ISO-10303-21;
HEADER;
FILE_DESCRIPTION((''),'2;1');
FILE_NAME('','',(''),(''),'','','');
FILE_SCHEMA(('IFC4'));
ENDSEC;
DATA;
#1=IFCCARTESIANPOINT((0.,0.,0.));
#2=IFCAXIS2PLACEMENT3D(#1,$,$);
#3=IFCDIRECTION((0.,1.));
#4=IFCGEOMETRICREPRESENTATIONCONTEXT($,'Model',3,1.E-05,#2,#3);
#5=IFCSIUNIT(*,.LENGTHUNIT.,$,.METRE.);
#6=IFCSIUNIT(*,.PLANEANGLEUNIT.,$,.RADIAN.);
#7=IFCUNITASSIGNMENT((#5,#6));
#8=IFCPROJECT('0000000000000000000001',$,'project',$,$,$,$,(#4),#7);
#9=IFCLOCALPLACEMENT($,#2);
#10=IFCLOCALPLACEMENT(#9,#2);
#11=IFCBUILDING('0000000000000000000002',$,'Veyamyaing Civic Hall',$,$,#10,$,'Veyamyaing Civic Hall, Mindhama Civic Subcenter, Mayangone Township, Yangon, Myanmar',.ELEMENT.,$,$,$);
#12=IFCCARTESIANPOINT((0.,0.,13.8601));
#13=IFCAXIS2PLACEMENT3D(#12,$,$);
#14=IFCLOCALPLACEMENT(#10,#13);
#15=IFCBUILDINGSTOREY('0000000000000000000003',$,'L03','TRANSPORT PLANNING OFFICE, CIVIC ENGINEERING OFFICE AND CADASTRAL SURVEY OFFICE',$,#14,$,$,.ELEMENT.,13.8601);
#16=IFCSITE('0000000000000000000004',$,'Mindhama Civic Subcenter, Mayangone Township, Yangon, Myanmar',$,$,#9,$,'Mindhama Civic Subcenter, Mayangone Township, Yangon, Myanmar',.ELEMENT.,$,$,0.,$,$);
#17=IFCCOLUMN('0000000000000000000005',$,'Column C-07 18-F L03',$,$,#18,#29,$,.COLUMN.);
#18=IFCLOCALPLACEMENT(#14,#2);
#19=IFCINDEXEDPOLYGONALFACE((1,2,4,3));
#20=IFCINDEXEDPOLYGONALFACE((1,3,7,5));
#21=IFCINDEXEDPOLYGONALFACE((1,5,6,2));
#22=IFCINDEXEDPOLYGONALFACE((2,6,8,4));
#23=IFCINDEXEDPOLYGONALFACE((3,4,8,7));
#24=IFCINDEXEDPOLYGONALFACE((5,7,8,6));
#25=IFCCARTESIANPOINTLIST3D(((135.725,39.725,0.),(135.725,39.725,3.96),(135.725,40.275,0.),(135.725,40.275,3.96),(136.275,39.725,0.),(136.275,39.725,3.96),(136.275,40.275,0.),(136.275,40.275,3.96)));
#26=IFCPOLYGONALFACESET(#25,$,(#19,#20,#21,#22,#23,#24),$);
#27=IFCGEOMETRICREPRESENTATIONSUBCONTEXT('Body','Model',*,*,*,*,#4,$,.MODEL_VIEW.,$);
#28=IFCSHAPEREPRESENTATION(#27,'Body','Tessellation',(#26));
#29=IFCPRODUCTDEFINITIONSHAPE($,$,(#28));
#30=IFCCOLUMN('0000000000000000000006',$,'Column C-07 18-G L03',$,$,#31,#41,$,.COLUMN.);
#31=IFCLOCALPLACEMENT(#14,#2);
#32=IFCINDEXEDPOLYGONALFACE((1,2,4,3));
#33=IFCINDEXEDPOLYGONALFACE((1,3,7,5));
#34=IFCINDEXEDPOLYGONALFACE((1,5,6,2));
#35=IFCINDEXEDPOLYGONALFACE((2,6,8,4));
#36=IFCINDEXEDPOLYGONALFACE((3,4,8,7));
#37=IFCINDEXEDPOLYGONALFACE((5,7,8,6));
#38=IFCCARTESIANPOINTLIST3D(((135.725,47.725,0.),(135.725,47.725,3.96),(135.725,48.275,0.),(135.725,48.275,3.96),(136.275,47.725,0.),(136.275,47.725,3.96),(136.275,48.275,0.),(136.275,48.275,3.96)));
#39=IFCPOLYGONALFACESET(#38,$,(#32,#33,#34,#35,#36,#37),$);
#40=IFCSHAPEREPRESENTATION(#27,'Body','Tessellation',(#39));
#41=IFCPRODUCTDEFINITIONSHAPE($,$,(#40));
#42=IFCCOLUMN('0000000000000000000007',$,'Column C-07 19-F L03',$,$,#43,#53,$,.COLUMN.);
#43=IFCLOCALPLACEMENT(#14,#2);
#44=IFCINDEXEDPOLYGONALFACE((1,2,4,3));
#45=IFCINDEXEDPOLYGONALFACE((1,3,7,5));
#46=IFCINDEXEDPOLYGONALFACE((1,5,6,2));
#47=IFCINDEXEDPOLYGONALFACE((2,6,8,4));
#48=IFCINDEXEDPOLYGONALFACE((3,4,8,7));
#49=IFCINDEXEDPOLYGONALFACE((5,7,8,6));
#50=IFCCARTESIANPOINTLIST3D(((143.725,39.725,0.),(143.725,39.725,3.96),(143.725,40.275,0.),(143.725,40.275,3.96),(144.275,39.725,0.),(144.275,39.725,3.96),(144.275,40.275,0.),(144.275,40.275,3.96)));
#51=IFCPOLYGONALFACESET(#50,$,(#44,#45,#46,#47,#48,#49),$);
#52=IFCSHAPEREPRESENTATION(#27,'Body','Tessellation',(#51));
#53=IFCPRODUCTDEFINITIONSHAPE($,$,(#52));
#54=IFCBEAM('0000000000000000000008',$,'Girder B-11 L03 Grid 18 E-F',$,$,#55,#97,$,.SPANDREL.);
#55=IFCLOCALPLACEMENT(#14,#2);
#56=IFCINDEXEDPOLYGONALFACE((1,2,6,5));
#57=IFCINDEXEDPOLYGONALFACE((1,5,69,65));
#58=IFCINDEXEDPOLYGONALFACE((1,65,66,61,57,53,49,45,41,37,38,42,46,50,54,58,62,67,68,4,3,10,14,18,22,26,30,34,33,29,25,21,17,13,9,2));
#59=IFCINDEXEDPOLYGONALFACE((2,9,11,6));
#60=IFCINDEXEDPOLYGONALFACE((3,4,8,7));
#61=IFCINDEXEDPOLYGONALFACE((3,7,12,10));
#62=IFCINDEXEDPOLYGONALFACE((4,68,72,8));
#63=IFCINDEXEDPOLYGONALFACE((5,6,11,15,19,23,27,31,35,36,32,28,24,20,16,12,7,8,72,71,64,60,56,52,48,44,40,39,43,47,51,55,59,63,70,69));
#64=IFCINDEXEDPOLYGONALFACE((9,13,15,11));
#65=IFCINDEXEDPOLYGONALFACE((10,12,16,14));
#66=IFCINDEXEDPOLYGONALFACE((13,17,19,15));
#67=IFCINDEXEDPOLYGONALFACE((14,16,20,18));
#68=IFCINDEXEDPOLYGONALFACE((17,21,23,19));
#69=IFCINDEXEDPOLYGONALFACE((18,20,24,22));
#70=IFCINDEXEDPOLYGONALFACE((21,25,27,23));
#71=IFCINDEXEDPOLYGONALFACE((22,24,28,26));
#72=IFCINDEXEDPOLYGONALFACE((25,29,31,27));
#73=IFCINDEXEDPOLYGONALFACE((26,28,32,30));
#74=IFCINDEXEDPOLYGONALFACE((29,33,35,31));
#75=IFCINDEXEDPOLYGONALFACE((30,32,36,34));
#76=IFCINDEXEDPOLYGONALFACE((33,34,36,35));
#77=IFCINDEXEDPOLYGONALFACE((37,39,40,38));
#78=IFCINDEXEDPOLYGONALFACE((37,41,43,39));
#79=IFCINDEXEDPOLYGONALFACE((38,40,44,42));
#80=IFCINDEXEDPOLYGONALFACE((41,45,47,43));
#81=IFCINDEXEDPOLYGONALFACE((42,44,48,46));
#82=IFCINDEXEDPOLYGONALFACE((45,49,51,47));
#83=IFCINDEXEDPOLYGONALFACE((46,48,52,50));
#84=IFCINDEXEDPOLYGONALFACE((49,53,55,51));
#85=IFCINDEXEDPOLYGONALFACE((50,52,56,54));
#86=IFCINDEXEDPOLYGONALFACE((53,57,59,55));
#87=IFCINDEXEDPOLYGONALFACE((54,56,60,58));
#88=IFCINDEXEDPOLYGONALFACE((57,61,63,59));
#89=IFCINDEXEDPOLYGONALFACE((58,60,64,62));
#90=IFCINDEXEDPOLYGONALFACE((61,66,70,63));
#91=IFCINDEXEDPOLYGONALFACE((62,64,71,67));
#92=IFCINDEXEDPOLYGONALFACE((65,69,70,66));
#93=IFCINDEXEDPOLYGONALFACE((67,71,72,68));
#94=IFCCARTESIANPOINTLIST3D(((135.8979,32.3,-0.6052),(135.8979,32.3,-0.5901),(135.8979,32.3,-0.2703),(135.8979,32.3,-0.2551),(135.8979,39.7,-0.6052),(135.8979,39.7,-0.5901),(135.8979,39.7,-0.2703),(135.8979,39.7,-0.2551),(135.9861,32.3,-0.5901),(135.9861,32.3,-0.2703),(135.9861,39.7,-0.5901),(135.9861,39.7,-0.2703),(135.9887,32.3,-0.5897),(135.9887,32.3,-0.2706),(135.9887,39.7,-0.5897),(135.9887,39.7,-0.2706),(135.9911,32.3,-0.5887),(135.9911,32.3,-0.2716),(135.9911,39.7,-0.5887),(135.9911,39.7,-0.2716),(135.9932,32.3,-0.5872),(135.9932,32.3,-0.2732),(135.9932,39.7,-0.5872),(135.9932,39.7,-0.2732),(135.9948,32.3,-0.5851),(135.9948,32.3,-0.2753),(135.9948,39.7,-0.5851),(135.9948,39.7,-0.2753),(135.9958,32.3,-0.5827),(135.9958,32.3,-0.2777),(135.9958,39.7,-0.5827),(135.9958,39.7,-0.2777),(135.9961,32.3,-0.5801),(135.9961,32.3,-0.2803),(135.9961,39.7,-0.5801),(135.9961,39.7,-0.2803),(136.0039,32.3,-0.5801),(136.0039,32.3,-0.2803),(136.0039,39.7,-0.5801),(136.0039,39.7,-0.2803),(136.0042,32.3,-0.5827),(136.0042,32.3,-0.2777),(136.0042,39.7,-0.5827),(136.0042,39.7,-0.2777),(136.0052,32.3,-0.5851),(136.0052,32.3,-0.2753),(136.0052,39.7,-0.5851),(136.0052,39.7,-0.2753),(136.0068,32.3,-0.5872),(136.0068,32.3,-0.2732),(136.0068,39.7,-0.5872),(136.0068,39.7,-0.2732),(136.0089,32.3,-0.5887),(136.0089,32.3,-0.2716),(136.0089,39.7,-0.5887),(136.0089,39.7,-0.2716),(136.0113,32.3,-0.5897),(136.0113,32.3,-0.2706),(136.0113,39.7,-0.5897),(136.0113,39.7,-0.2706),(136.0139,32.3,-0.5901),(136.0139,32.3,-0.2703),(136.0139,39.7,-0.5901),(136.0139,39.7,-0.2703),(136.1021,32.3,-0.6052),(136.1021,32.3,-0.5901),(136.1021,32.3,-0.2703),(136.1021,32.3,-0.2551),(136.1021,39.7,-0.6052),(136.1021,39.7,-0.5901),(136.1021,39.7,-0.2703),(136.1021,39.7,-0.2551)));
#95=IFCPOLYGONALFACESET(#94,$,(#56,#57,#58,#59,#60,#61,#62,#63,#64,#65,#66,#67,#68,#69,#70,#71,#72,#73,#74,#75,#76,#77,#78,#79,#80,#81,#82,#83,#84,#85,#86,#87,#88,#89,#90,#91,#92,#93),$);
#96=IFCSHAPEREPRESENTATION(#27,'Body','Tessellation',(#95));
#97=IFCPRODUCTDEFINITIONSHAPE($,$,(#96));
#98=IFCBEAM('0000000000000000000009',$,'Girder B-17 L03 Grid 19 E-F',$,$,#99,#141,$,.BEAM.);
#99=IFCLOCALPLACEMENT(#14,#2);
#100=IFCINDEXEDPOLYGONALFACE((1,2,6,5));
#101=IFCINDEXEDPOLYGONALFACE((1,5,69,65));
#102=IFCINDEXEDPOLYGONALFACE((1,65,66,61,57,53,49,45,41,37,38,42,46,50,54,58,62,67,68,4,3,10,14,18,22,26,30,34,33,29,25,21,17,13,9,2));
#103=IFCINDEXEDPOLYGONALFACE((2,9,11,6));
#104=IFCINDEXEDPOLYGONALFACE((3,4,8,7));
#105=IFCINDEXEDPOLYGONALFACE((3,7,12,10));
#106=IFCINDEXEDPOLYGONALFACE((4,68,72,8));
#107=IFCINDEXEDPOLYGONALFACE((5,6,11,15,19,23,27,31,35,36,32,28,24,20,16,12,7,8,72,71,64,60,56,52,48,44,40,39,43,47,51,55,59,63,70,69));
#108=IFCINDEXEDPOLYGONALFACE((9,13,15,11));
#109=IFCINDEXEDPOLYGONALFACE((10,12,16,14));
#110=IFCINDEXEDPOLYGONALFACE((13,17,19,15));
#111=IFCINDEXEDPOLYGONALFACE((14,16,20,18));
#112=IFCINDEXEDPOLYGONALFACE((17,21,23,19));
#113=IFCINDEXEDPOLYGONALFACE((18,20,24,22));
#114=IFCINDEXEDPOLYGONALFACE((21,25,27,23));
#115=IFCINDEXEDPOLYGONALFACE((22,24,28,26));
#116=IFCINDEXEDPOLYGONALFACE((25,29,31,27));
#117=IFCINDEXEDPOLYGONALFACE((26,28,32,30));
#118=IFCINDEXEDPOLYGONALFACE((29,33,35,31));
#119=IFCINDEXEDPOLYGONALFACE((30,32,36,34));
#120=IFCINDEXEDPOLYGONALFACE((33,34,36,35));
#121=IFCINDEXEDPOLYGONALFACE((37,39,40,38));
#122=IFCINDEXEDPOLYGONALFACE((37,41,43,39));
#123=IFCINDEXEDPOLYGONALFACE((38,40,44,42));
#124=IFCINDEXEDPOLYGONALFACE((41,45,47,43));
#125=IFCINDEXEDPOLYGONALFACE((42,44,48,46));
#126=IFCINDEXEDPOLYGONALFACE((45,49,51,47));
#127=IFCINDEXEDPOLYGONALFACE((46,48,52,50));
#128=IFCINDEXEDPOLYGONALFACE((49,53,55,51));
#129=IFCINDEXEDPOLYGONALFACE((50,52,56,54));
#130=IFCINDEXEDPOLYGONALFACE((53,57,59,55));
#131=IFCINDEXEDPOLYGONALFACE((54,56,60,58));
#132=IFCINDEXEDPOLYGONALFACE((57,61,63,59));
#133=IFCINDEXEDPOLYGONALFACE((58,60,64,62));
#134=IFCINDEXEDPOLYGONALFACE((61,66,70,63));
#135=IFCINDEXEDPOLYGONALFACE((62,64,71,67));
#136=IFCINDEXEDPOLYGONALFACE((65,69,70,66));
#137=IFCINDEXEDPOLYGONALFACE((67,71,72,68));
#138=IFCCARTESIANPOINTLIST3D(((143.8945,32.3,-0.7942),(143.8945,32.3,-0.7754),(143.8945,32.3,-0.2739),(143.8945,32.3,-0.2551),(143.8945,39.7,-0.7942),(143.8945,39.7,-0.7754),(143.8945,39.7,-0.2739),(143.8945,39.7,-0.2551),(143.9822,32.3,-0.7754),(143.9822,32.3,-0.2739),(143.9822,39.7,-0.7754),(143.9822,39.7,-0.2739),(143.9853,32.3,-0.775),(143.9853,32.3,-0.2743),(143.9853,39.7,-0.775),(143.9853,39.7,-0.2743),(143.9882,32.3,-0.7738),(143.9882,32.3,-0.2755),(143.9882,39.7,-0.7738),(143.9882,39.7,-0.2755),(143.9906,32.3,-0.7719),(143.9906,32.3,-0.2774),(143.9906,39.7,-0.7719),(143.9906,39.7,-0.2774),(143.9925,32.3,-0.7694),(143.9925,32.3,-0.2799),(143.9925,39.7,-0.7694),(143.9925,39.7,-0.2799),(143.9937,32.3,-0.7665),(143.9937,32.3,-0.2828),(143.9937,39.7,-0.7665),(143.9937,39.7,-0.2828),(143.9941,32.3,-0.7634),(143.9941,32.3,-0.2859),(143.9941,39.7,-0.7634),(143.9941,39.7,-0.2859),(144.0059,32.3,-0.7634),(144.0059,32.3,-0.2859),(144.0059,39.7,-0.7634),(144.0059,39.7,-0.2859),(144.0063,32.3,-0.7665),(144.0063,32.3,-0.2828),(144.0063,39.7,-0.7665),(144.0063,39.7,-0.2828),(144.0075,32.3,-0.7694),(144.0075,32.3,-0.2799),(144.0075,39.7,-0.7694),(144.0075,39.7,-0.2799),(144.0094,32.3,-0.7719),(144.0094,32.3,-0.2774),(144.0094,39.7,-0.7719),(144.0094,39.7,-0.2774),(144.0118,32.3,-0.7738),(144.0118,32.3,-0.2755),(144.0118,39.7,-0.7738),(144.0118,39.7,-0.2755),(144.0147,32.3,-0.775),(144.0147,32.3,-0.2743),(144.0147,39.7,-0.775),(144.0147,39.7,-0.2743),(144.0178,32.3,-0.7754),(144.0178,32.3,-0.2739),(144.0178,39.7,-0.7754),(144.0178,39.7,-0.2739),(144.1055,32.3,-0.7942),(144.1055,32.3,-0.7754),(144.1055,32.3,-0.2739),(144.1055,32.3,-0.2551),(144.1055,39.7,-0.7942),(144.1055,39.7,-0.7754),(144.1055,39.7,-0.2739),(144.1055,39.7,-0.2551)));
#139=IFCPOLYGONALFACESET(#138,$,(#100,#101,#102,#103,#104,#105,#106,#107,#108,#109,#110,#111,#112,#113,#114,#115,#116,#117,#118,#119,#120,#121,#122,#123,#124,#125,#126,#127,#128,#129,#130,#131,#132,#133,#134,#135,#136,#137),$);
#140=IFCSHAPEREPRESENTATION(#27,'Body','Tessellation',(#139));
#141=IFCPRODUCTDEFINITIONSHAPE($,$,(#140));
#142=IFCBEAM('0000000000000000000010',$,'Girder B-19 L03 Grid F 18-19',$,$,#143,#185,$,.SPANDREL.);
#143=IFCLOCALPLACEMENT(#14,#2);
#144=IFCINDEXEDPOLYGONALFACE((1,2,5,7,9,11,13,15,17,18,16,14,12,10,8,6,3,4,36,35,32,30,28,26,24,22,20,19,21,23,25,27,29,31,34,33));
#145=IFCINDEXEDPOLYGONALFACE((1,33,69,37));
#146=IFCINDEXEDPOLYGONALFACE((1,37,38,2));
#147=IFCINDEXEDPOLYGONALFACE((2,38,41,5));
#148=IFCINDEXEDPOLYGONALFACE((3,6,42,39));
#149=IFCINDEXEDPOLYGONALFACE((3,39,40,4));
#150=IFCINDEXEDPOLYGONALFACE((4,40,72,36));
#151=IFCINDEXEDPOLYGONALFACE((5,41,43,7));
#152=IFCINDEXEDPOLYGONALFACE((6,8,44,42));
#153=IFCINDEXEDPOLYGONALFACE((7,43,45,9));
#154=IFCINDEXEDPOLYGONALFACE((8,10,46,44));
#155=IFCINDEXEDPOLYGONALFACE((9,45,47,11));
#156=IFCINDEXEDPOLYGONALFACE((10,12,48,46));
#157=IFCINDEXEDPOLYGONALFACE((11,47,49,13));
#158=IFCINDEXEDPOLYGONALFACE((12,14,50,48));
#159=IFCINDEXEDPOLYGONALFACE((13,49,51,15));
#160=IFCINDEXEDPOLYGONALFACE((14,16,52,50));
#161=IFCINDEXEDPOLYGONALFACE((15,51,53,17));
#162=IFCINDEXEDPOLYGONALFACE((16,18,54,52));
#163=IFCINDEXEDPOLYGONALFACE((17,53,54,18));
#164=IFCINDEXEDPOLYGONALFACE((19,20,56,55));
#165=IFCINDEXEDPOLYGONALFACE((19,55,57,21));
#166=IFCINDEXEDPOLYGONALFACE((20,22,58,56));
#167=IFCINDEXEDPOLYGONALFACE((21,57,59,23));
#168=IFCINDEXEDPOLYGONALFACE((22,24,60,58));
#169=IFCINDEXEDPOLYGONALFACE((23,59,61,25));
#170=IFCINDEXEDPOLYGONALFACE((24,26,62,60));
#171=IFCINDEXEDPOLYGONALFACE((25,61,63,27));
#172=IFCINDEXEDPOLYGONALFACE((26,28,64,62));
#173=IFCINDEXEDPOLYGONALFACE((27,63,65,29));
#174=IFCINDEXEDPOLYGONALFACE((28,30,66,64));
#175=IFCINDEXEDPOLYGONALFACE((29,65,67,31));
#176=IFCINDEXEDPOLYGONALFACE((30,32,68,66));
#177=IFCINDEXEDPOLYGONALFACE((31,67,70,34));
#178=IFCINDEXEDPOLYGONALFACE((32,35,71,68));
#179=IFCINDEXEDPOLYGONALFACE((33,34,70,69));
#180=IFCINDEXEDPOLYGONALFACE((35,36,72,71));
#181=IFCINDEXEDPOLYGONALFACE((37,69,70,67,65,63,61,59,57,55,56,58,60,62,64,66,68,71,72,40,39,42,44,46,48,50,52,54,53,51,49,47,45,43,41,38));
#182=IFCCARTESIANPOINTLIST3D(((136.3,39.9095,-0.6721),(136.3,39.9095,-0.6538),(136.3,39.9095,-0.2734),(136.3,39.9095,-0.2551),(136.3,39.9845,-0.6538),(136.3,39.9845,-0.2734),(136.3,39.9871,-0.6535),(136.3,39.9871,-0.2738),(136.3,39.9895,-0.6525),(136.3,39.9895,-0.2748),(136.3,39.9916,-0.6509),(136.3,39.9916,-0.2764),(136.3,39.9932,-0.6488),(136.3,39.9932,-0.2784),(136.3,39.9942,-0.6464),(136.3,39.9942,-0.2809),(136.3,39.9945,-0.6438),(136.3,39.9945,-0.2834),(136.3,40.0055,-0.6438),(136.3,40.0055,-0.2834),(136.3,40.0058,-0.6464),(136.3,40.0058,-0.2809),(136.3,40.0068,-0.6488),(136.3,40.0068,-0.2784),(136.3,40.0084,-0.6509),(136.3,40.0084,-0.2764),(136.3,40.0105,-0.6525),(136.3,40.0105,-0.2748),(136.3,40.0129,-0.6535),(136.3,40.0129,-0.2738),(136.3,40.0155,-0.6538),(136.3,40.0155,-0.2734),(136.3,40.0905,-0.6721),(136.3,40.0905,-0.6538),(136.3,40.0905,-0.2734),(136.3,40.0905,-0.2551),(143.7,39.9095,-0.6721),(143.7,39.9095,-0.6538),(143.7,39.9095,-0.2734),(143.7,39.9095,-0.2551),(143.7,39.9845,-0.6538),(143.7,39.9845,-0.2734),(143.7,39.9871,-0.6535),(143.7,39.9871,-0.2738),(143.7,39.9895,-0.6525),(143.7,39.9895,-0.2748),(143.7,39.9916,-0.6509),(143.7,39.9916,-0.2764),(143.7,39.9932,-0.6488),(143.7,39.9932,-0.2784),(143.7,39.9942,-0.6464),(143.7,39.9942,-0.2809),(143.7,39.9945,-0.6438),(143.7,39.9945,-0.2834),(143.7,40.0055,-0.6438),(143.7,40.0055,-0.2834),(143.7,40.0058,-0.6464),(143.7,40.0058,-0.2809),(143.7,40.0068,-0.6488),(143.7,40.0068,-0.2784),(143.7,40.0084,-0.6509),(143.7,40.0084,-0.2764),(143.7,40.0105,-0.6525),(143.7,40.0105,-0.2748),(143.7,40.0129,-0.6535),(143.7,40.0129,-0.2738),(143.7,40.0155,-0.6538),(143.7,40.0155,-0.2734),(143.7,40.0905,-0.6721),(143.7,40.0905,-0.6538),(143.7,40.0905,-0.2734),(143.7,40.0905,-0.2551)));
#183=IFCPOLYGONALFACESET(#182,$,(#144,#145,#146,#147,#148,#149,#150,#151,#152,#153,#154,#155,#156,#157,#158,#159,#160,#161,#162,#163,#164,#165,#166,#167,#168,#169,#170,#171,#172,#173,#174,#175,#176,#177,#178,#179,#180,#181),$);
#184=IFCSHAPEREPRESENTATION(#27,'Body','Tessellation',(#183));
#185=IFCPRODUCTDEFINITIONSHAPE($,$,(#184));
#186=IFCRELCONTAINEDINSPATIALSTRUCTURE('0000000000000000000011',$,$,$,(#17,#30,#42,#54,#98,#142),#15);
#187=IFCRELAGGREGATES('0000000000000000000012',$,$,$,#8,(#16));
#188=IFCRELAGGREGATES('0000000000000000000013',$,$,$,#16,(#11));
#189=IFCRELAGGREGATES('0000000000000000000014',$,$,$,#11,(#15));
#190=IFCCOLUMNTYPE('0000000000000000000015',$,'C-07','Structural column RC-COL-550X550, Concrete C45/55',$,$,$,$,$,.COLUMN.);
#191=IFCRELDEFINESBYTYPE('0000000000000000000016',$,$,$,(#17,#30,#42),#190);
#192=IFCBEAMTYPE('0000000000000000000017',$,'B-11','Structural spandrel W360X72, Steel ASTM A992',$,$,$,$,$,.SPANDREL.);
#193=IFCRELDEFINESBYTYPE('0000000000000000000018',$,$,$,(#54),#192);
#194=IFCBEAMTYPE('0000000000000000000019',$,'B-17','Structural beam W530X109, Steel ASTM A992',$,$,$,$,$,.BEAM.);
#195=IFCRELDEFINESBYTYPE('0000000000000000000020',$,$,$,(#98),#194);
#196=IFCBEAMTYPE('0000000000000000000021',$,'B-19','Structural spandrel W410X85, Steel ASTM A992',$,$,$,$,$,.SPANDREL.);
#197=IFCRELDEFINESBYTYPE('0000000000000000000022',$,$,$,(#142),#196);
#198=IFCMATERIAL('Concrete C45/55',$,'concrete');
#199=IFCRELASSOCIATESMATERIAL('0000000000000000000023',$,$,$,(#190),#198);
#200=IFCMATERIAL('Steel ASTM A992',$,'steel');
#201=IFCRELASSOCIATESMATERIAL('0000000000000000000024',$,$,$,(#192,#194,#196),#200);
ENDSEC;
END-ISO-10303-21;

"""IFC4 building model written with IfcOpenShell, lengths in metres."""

from ifc_helpers import new_model, si_unit, direction, frame, origin, origin_2d, place, context, subcontext, project, spatial, rectangle, i_section, extrude, material, material_profile, profile_set, type_object, element, save


model = new_model("IFC4")

# Units and contexts
model_context = context("Model", 3, precision=1e-05, world=origin(), true_north=direction((0.0, 1.0)))
body_context = subcontext(model_context, "Body", "Model", "MODEL_VIEW")
ifc_project = project(units=[si_unit("LENGTHUNIT", "METRE"), si_unit("PLANEANGLEUNIT", "RADIAN")], contexts=[model_context])

# Site, building, storey
site_placement = place(None, origin())
site = spatial("IfcSite", under=ifc_project, at=site_placement, Name="Mindhama Civic Subcenter, Mayangone Township, Yangon, Myanmar", LongName="Mindhama Civic Subcenter, Mayangone Township, Yangon, Myanmar", CompositionType="ELEMENT", RefElevation=0.0)
building_placement = place(site_placement, origin())
building = spatial("IfcBuilding", under=site, at=building_placement, Name="Veyamyaing Civic Hall", LongName="Veyamyaing Civic Hall, Mindhama Civic Subcenter, Mayangone Township, Yangon, Myanmar", CompositionType="ELEMENT")
storey_placement = place(building_placement, frame((0.0, 0.0, 13.8601)))
storey = spatial("IfcBuildingStorey", under=building, at=storey_placement, Name="L03", Description="TRANSPORT PLANNING OFFICE, CIVIC ENGINEERING OFFICE AND CADASTRAL SURVEY OFFICE", CompositionType="ELEMENT", Elevation=13.8601)

# Columns
ifc_material_1 = material(Name="Concrete C45/55", Category="concrete")
ifc_material_profile_1 = material_profile(ifc_material_1, rectangle(XDim=0.55, YDim=0.55, at=origin_2d()), Name="RC-COL-550X550")
ifc_profile_set_1 = profile_set([ifc_material_profile_1], Name="Concrete C45/55")
column_type = type_object("IfcColumnType", Name="C-07", Description="Structural column RC-COL-550X550, Concrete C45/55", PredefinedType="COLUMN", material=ifc_profile_set_1)
for number, where, z_axis, x_axis, name in (
    (1, (136.0, 40.0, 0.0), (0.0, 0.0, 1.0), (1.0, 0.0, 0.0), "Column C-07 18-F L03"),
    (2, (136.0, 48.0, 0.0), (0.0, 0.0, 1.0), (1.0, 0.0, 0.0), "Column C-07 18-G L03"),
    (3, (144.0, 40.0, 0.0), (0.0, 0.0, 1.0), (1.0, 0.0, 0.0), "Column C-07 19-F L03"),
):
    element("IfcColumn", number, at=place(storey_placement, frame(where, z_axis=z_axis, x_axis=x_axis)), inside=storey, type_object=column_type, Name=name, PredefinedType="COLUMN", context=body_context, shape_type="SweptSolid", body=[
        extrude(rectangle(XDim=0.55, YDim=0.55, at=origin_2d()), origin(), (0.0, 0.0, 1.0), 3.96),
    ])

# Beams
ifc_material_2 = material(Name="Steel ASTM A992", Category="steel")
ifc_material_profile_2 = material_profile(ifc_material_2, i_section(OverallWidth=0.2041, OverallDepth=0.3501, WebThickness=0.0078, FlangeThickness=0.0151, FilletRadius=0.01, at=origin_2d()), Name="W360X72")
ifc_profile_set_2 = profile_set([ifc_material_profile_2], Name="Steel ASTM A992")
beam_type_1 = type_object("IfcBeamType", Name="B-11", Description="Structural spandrel W360X72, Steel ASTM A992", PredefinedType="SPANDREL", material=ifc_profile_set_2)
beam_1_placement = place(storey_placement, frame((136.0, 32.3, -0.4302), z_axis=(0.0, 1.0, 0.0), x_axis=(-1.0, 0.0, 0.0)))
element("IfcBeam", 4, at=beam_1_placement, inside=storey, type_object=beam_type_1, Name="Girder B-11 L03 Grid 18 E-F", PredefinedType="SPANDREL", context=body_context, shape_type="SweptSolid", body=[
    extrude(i_section(OverallWidth=0.2041, OverallDepth=0.3501, WebThickness=0.0078, FlangeThickness=0.0151, FilletRadius=0.01, at=origin_2d()), origin(), (0.0, 0.0, 1.0), 7.3999),
])
ifc_material_profile_3 = material_profile(ifc_material_2, i_section(OverallWidth=0.2109, OverallDepth=0.5391, WebThickness=0.0117, FlangeThickness=0.0188, FilletRadius=0.012, at=origin_2d()), Name="W530X109")
ifc_profile_set_3 = profile_set([ifc_material_profile_3], Name="Steel ASTM A992")
beam_type_2 = type_object("IfcBeamType", Name="B-17", Description="Structural beam W530X109, Steel ASTM A992", PredefinedType="BEAM", material=ifc_profile_set_3)
beam_2_placement = place(storey_placement, frame((144.0, 32.3, -0.5247), z_axis=(0.0, 1.0, 0.0), x_axis=(-1.0, 0.0, 0.0)))
element("IfcBeam", 5, at=beam_2_placement, inside=storey, type_object=beam_type_2, Name="Girder B-17 L03 Grid 19 E-F", PredefinedType="BEAM", context=body_context, shape_type="SweptSolid", body=[
    extrude(i_section(OverallWidth=0.2109, OverallDepth=0.5391, WebThickness=0.0117, FlangeThickness=0.0188, FilletRadius=0.012, at=origin_2d()), origin(), (0.0, 0.0, 1.0), 7.3999),
])
ifc_material_profile_4 = material_profile(ifc_material_2, i_section(OverallWidth=0.1809, OverallDepth=0.417, WebThickness=0.011, FlangeThickness=0.0183, FilletRadius=0.01, at=origin_2d()), Name="W410X85")
ifc_profile_set_4 = profile_set([ifc_material_profile_4], Name="Steel ASTM A992")
beam_type_3 = type_object("IfcBeamType", Name="B-19", Description="Structural spandrel W410X85, Steel ASTM A992", PredefinedType="SPANDREL", material=ifc_profile_set_4)
beam_3_placement = place(storey_placement, frame((136.3, 40.0, -0.4636), z_axis=(1.0, 0.0, 0.0), x_axis=(0.0, 1.0, 0.0)))
element("IfcBeam", 6, at=beam_3_placement, inside=storey, type_object=beam_type_3, Name="Girder B-19 L03 Grid F 18-19", PredefinedType="SPANDREL", context=body_context, shape_type="SweptSolid", body=[
    extrude(i_section(OverallWidth=0.1809, OverallDepth=0.417, WebThickness=0.011, FlangeThickness=0.0183, FilletRadius=0.01, at=origin_2d()), origin(), (0.0, 0.0, 1.0), 7.3999),
])

save(model, "model.ifc")
